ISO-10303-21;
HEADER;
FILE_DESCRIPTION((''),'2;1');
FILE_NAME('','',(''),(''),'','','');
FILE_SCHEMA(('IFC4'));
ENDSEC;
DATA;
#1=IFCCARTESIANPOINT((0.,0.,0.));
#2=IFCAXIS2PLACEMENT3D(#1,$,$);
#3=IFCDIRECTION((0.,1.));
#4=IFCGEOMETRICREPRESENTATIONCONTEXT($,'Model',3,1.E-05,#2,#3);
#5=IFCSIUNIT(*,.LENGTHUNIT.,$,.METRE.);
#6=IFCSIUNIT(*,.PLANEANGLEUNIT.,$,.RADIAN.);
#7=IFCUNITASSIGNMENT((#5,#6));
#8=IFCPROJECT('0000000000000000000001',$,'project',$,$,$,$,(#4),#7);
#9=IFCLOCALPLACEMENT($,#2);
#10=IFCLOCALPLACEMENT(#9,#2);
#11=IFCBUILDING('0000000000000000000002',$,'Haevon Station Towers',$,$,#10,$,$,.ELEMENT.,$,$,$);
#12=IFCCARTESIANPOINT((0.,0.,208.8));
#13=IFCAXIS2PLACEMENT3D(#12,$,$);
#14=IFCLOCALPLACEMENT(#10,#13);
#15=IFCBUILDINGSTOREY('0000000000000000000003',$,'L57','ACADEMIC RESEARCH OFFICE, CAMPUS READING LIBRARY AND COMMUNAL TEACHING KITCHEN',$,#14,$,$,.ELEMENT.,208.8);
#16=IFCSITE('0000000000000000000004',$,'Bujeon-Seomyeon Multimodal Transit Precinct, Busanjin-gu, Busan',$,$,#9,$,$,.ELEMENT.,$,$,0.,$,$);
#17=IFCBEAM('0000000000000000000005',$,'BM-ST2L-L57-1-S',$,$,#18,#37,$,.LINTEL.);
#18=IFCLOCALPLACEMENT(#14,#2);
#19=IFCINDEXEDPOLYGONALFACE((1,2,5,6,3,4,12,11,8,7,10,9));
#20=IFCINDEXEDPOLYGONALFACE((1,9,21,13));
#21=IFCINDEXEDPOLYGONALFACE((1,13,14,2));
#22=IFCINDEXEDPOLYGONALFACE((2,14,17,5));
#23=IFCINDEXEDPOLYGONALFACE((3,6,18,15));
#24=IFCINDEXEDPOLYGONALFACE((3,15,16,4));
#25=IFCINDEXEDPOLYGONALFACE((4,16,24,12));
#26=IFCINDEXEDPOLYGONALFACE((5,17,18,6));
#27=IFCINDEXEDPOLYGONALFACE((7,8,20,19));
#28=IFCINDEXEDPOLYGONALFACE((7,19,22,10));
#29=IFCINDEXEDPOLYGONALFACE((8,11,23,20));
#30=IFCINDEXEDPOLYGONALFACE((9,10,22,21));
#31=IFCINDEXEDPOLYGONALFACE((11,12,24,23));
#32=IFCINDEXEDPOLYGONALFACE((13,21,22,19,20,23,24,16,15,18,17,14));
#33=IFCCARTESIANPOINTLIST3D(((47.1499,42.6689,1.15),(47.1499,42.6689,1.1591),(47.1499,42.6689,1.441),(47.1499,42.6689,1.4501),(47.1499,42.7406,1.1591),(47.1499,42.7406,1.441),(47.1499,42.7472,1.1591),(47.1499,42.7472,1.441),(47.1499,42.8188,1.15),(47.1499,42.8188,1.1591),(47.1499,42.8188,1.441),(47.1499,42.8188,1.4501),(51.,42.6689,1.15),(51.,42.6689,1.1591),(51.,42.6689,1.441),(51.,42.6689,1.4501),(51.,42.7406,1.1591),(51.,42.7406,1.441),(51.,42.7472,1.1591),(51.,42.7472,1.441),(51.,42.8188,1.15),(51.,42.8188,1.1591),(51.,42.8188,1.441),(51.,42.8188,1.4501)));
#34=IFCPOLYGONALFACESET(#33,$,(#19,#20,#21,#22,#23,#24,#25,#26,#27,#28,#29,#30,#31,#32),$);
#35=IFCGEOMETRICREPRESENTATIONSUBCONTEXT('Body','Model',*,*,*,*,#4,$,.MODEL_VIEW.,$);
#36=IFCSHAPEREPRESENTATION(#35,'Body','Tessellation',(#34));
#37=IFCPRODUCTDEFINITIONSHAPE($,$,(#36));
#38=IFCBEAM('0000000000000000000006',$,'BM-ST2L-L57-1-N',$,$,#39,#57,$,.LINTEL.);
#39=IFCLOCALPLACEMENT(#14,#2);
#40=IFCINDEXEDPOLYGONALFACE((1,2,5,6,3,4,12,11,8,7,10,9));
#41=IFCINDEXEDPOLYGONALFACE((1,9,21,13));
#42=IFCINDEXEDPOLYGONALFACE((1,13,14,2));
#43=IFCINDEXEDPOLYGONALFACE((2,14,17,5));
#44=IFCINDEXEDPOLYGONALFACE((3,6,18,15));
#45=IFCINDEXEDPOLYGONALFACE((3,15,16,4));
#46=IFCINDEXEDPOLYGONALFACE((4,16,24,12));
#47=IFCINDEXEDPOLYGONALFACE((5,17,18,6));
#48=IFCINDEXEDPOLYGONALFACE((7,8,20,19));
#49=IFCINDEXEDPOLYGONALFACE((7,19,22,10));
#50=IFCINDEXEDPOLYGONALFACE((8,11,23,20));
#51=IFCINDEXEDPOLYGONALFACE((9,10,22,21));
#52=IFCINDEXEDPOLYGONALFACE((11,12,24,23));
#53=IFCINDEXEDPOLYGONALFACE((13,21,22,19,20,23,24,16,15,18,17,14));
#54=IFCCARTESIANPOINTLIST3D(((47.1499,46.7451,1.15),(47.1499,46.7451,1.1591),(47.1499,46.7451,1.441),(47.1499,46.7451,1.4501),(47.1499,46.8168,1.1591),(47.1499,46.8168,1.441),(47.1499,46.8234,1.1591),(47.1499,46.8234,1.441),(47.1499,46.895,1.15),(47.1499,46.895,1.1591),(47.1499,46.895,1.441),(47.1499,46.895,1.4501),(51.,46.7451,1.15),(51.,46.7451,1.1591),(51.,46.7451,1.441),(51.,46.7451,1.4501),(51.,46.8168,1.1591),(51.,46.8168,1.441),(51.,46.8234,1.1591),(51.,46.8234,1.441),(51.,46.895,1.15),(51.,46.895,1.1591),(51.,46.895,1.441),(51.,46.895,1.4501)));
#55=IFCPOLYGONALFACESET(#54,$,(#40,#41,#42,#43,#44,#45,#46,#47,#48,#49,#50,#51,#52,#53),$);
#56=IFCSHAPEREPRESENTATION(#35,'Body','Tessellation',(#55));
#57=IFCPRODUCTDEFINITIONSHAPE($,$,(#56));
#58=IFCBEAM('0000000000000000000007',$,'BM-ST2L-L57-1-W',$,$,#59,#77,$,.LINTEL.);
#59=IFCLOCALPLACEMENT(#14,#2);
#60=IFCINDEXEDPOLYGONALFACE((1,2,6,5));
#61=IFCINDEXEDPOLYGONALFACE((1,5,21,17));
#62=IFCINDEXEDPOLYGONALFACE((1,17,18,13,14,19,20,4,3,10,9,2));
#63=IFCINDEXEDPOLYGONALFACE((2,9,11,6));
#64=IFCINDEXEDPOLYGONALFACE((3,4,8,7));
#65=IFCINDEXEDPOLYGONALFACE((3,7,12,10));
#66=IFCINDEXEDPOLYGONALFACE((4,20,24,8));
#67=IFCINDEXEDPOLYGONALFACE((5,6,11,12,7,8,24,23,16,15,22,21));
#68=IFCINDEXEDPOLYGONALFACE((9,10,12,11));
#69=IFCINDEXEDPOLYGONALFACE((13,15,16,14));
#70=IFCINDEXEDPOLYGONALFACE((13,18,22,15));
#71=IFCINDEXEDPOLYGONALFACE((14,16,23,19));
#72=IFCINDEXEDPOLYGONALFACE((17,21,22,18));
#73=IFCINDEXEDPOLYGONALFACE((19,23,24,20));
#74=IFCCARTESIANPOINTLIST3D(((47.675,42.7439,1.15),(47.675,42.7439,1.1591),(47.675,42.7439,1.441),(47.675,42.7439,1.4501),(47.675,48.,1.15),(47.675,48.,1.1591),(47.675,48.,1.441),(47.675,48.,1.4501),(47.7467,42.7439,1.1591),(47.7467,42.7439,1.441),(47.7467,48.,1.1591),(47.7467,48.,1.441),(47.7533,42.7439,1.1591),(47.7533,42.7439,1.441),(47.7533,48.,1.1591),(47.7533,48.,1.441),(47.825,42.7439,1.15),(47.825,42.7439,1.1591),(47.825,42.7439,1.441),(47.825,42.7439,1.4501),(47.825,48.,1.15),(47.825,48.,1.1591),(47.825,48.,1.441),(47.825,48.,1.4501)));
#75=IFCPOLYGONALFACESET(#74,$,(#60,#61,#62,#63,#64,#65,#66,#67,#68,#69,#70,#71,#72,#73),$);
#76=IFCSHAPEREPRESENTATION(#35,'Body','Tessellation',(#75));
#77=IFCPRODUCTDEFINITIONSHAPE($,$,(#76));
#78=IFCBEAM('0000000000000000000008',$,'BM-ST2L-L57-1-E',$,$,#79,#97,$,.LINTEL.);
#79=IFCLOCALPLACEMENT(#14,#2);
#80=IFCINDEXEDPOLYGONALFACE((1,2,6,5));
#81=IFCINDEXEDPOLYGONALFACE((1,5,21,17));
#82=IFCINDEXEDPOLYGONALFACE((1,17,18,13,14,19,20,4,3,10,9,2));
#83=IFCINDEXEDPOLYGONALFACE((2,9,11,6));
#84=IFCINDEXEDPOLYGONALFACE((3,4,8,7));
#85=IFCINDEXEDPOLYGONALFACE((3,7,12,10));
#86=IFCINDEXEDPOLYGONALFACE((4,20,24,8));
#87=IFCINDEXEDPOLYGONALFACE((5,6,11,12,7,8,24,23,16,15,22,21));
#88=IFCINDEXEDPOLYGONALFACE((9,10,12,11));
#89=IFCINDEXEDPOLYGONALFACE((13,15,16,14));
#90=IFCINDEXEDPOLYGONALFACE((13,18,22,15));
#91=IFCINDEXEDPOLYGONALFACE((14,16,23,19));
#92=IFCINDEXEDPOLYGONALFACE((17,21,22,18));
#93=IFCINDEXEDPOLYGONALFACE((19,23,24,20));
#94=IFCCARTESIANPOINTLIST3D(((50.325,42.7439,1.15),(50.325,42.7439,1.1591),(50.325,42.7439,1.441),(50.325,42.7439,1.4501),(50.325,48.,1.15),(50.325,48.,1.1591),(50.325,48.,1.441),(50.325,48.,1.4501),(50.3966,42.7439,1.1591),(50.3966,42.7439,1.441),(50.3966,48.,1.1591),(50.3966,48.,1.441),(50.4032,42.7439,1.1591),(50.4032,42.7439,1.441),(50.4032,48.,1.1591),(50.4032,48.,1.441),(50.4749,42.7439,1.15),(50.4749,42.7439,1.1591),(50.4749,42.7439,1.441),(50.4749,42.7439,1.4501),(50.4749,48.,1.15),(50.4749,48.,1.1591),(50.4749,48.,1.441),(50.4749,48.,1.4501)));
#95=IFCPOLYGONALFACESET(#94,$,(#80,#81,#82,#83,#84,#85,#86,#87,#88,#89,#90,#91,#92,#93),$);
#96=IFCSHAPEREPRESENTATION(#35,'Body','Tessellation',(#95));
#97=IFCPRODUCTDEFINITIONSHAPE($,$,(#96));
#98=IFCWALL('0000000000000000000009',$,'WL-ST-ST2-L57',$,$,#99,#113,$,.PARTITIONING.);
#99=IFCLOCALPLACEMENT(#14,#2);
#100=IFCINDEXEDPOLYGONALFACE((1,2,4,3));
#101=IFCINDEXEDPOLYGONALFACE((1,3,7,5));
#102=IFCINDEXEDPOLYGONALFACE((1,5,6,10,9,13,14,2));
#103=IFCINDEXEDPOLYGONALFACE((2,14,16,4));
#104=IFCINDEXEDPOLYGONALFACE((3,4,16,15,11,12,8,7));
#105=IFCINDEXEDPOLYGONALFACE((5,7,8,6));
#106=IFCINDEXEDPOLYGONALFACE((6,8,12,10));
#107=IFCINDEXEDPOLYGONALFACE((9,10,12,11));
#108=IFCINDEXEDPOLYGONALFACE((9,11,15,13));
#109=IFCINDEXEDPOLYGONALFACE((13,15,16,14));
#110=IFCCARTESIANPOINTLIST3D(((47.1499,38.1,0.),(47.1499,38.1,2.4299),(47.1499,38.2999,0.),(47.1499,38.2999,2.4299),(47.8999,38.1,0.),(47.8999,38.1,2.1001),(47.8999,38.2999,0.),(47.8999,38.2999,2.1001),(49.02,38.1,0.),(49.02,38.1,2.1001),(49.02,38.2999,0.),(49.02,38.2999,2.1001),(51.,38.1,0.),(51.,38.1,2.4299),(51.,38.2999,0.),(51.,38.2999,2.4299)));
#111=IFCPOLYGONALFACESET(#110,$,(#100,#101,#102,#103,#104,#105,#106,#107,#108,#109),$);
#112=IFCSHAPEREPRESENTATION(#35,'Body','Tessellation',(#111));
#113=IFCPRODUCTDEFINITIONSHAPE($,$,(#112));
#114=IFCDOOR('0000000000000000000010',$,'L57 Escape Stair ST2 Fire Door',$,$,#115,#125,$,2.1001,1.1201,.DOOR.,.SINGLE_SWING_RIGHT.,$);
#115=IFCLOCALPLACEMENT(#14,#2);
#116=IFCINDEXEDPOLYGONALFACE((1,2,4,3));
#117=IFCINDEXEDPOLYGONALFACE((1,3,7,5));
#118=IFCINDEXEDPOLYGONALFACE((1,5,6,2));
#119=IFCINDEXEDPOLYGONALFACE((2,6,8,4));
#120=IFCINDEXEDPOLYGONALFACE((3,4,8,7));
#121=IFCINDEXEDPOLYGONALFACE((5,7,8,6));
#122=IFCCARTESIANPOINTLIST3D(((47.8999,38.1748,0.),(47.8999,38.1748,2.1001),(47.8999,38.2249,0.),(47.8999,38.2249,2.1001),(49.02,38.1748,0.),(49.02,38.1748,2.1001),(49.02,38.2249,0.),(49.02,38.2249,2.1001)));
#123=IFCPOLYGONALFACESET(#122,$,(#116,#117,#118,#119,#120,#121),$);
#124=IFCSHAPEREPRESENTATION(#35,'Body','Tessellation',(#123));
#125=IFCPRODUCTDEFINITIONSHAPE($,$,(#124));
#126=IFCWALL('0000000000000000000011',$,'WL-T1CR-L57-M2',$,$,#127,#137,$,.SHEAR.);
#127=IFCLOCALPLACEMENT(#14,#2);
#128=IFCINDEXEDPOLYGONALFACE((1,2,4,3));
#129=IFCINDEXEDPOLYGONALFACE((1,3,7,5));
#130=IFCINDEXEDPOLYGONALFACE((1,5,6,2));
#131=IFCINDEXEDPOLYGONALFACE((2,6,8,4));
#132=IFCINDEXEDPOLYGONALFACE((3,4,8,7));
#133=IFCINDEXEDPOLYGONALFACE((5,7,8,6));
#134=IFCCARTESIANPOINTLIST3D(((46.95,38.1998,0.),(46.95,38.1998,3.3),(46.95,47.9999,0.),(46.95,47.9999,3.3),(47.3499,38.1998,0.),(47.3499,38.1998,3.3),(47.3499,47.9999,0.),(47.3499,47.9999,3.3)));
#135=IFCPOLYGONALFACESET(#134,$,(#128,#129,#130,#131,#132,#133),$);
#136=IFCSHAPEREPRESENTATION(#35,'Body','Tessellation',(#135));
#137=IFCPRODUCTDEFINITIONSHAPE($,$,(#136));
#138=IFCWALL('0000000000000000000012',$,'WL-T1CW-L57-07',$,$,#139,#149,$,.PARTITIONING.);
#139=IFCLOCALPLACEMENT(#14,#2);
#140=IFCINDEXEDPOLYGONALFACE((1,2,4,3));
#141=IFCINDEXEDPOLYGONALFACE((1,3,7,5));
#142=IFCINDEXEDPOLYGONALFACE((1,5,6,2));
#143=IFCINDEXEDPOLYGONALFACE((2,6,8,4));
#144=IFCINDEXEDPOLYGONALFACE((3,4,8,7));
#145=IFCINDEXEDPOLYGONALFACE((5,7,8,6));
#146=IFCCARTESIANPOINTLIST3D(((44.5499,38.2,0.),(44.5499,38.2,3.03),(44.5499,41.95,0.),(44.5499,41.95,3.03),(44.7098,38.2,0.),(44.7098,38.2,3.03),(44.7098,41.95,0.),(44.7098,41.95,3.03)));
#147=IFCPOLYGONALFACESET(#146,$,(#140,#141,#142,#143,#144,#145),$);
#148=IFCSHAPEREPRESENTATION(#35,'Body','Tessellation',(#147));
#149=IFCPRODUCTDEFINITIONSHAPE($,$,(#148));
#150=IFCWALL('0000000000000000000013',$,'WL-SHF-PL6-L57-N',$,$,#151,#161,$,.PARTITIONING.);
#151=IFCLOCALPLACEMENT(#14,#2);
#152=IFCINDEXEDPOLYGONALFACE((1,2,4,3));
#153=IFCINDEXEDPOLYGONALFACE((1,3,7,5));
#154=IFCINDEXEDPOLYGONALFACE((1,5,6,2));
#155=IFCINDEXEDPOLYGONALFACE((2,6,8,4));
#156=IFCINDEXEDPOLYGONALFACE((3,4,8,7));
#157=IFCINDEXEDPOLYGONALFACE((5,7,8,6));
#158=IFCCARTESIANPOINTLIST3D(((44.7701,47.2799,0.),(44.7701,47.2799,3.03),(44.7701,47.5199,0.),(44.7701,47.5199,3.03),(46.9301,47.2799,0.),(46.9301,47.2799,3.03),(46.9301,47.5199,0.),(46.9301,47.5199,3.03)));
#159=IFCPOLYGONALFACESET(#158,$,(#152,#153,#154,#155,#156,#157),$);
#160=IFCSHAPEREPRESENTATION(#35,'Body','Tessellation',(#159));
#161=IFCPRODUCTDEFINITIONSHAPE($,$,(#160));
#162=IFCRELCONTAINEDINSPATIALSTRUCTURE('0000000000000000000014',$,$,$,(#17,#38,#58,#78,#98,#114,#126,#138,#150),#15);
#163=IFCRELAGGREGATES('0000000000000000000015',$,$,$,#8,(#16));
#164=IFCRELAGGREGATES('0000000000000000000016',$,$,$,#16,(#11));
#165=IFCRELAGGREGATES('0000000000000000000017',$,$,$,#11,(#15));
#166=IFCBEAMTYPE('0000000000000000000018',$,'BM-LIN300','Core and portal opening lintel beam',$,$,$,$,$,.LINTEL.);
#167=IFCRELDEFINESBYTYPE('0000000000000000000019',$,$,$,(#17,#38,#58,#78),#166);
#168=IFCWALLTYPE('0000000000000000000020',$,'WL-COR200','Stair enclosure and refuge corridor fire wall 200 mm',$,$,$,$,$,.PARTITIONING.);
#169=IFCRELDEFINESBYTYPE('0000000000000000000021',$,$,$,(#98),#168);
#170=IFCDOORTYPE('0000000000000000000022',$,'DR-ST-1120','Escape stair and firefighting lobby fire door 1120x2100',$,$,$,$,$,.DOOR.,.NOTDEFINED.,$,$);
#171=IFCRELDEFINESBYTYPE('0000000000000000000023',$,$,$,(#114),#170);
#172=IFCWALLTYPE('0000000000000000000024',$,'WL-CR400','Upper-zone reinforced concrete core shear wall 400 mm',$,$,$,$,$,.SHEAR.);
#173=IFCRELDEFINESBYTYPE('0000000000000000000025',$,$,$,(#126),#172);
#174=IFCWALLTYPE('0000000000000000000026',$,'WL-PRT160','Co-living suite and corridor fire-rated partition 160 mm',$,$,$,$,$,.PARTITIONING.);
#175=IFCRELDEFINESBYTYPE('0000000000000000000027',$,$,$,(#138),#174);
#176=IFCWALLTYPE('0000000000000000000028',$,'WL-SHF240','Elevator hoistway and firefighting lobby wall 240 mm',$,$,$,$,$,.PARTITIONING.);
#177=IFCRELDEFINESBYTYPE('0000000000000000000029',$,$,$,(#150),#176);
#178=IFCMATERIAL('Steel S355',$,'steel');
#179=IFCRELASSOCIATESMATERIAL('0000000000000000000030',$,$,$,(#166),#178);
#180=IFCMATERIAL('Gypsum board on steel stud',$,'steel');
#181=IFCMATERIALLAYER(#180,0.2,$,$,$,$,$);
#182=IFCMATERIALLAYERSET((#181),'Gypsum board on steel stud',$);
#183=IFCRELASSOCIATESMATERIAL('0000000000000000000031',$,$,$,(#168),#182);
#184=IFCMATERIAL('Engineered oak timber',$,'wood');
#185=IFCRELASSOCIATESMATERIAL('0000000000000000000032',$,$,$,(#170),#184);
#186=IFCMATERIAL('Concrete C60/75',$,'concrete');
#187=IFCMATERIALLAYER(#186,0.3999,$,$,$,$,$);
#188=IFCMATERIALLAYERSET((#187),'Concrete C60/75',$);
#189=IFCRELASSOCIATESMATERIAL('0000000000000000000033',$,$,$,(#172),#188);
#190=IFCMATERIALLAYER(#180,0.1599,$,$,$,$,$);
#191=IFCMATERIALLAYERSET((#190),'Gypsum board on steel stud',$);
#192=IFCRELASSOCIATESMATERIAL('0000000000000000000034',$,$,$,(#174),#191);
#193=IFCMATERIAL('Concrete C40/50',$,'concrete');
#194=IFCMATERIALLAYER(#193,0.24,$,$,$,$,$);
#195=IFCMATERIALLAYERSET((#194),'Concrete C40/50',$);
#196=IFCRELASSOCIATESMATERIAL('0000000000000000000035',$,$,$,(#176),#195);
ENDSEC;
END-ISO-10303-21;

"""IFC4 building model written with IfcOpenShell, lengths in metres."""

from ifc_helpers import new_model, si_unit, direction, frame, frame_2d, origin, origin_2d, place, context, subcontext, project, spatial, rectangle, i_section, extrude, material, layer, layer_set, material_profile, profile_set, type_object, element, fill, save


model = new_model("IFC4")

# Units and contexts
model_context = context("Model", 3, precision=1e-05, world=origin(), true_north=direction((0.0, 1.0)))
body_context = subcontext(model_context, "Body", "Model", "MODEL_VIEW")
ifc_project = project(units=[si_unit("LENGTHUNIT", "METRE"), si_unit("PLANEANGLEUNIT", "RADIAN")], contexts=[model_context])

# Site, building, storey
site_placement = place(None, origin())
site = spatial("IfcSite", under=ifc_project, at=site_placement, Name="Bujeon-Seomyeon Multimodal Transit Precinct, Busanjin-gu, Busan", CompositionType="ELEMENT", RefElevation=0.0)
building_placement = place(site_placement, origin())
building = spatial("IfcBuilding", under=site, at=building_placement, Name="Haevon Station Towers", CompositionType="ELEMENT")
storey_placement = place(building_placement, frame((0.0, 0.0, 208.8)))
storey = spatial("IfcBuildingStorey", under=building, at=storey_placement, Name="L57", Description="ACADEMIC RESEARCH OFFICE, CAMPUS READING LIBRARY AND COMMUNAL TEACHING KITCHEN", CompositionType="ELEMENT", Elevation=208.8)

# Beams
ifc_material_1 = material(Name="Steel S355", Category="steel")
ifc_material_profile = material_profile(ifc_material_1, i_section(OverallWidth=0.1499, OverallDepth=0.3, WebThickness=0.0066, FlangeThickness=0.009, at=origin_2d()), Name="H-300x150x6.5x9")
ifc_profile_set = profile_set([ifc_material_profile], Name="Steel S355")
beam_type = type_object("IfcBeamType", Name="BM-LIN300", Description="Core and portal opening lintel beam", PredefinedType="LINTEL", material=ifc_profile_set)
for number, where, z_axis, x_axis, name in (
    (1, (47.1499, 42.7439, 1.3), (1.0, 0.0, 0.0), (0.0, 1.0, 0.0), "BM-ST2L-L57-1-S"),
    (2, (47.1499, 46.8201, 1.3), (1.0, 0.0, 0.0), (0.0, 1.0, 0.0), "BM-ST2L-L57-1-N"),
):
    element("IfcBeam", number, at=place(storey_placement, frame(where, z_axis=z_axis, x_axis=x_axis)), inside=storey, type_object=beam_type, Name=name, PredefinedType="LINTEL", context=body_context, shape_type="SweptSolid", body=[
        extrude(i_section(OverallWidth=0.1499, OverallDepth=0.3, WebThickness=0.0066, FlangeThickness=0.009, at=origin_2d()), origin(), (0.0, 0.0, 1.0), 3.8501),
    ])
for number, where, z_axis, x_axis, name in (
    (3, (47.75, 42.7439, 1.3), (0.0, 1.0, 0.0), (-1.0, 0.0, 0.0), "BM-ST2L-L57-1-W"),
    (4, (50.3999, 42.7439, 1.3), (0.0, 1.0, 0.0), (-1.0, 0.0, 0.0), "BM-ST2L-L57-1-E"),
):
    element("IfcBeam", number, at=place(storey_placement, frame(where, z_axis=z_axis, x_axis=x_axis)), inside=storey, type_object=beam_type, Name=name, PredefinedType="LINTEL", context=body_context, shape_type="SweptSolid", body=[
        extrude(i_section(OverallWidth=0.1499, OverallDepth=0.3, WebThickness=0.0066, FlangeThickness=0.009, at=origin_2d()), origin(), (0.0, 0.0, 1.0), 5.2561),
    ])

# Wall, opening, door
ifc_material_2 = material(Name="Gypsum board on steel stud", Category="steel")
ifc_layer_1 = layer(ifc_material_2, 0.2)
ifc_layer_set_1 = layer_set([ifc_layer_1], Name="Gypsum board on steel stud")
wall_type_1 = type_object("IfcWallType", Name="WL-COR200", Description="Stair enclosure and refuge corridor fire wall 200 mm", PredefinedType="PARTITIONING", material=ifc_layer_set_1)
wall_1_placement = place(storey_placement, frame((47.1499, 38.2, 0.0), z_axis=(0.0, 0.0, 1.0), x_axis=(1.0, 0.0, 0.0)))
wall_1 = element("IfcWall", 5, at=wall_1_placement, inside=storey, type_object=wall_type_1, Name="WL-ST-ST2-L57", PredefinedType="PARTITIONING", context=body_context, shape_type="SweptSolid", body=[
    extrude(rectangle(XDim=3.8501, YDim=0.2, at=frame_2d((1.925, 0.0))), origin(), (0.0, 0.0, 1.0), 2.4299),
])
opening_1_placement = place(wall_1_placement, frame((0.75, 0.0, 0.0)))
opening_1 = element("IfcOpeningElement", 6, at=opening_1_placement, cuts=wall_1, PredefinedType="OPENING", context=body_context, shape_type="SweptSolid", body=[
    extrude(rectangle(XDim=1.1201, YDim=2.1001, at=frame_2d((0.5601, 1.05))), frame((0.0, 0.1099, 0.0), z_axis=(0.0, -1.0, 0.0), x_axis=(1.0, 0.0, 0.0)), (0.0, 0.0, 1.0), 0.22),
])
ifc_material_3 = material(Name="Engineered oak timber", Category="wood")
door_type_1 = type_object("IfcDoorType", Name="DR-ST-1120", Description="Escape stair and firefighting lobby fire door 1120x2100", OperationType="NOTDEFINED", PredefinedType="DOOR", material=ifc_material_3)
door_1_placement = place(opening_1_placement, origin())
door_1 = element("IfcDoor", 7, at=door_1_placement, inside=storey, type_object=door_type_1, Name="L57 Escape Stair ST2 Fire Door", OperationType="SINGLE_SWING_RIGHT", OverallHeight=2.1001, OverallWidth=1.1201, PredefinedType="DOOR", context=body_context, shape_type="SweptSolid", body=[
    extrude(rectangle(XDim=1.1201, YDim=2.1001, at=frame_2d((0.5601, 1.05))), frame((0.0, 0.0249, 0.0), z_axis=(0.0, -1.0, 0.0), x_axis=(1.0, 0.0, 0.0)), (0.0, 0.0, 1.0), 0.05),
])
fill(opening_1, door_1)

# Walls
ifc_material_4 = material(Name="Concrete C60/75", Category="concrete")
ifc_layer_2 = layer(ifc_material_4, 0.3999)
ifc_layer_set_2 = layer_set([ifc_layer_2], Name="Concrete C60/75")
wall_type_2 = type_object("IfcWallType", Name="WL-CR400", Description="Upper-zone reinforced concrete core shear wall 400 mm", PredefinedType="SHEAR", material=ifc_layer_set_2)
wall_2_placement = place(storey_placement, frame((47.1499, 38.2, 0.0), z_axis=(0.0, 0.0, 1.0), x_axis=(0.0, 1.0, 0.0)))
element("IfcWall", 8, at=wall_2_placement, inside=storey, type_object=wall_type_2, Name="WL-T1CR-L57-M2", PredefinedType="SHEAR", context=body_context, shape_type="SweptSolid", body=[
    extrude(rectangle(XDim=9.8, YDim=0.3999, at=frame_2d((4.8999, 0.0))), origin(), (0.0, 0.0, 1.0), 3.3),
])
ifc_layer_3 = layer(ifc_material_2, 0.1599)
ifc_layer_set_3 = layer_set([ifc_layer_3], Name="Gypsum board on steel stud")
wall_type_3 = type_object("IfcWallType", Name="WL-PRT160", Description="Co-living suite and corridor fire-rated partition 160 mm", PredefinedType="PARTITIONING", material=ifc_layer_set_3)
wall_3_placement = place(storey_placement, frame((44.6299, 38.2, 0.0), z_axis=(0.0, 0.0, 1.0), x_axis=(0.0, 1.0, 0.0)))
element("IfcWall", 9, at=wall_3_placement, inside=storey, type_object=wall_type_3, Name="WL-T1CW-L57-07", PredefinedType="PARTITIONING", context=body_context, shape_type="SweptSolid", body=[
    extrude(rectangle(XDim=3.75, YDim=0.1599, at=frame_2d((1.875, 0.0))), origin(), (0.0, 0.0, 1.0), 3.03),
])

# Shared definitions
ifc_material_5 = material(Name="Concrete C40/50", Category="concrete")
ifc_layer_4 = layer(ifc_material_5, 0.24)
ifc_layer_set_4 = layer_set([ifc_layer_4], Name="Concrete C40/50")
wall_type_4 = type_object("IfcWallType", Name="WL-SHF240", Description="Elevator hoistway and firefighting lobby wall 240 mm", PredefinedType="PARTITIONING", material=ifc_layer_set_4)

# Wall
wall_4_placement = place(storey_placement, frame((44.77, 47.3999, 0.0), z_axis=(0.0, 0.0, 1.0), x_axis=(1.0, 0.0, 0.0)))
element("IfcWall", 10, at=wall_4_placement, inside=storey, type_object=wall_type_4, Name="WL-SHF-PL6-L57-N", PredefinedType="PARTITIONING", context=body_context, shape_type="SweptSolid", body=[
    extrude(rectangle(XDim=2.1599, YDim=0.24, at=frame_2d((1.0801, 0.0))), origin(), (0.0, 0.0, 1.0), 3.03),
])

save(model, "model.ifc")
